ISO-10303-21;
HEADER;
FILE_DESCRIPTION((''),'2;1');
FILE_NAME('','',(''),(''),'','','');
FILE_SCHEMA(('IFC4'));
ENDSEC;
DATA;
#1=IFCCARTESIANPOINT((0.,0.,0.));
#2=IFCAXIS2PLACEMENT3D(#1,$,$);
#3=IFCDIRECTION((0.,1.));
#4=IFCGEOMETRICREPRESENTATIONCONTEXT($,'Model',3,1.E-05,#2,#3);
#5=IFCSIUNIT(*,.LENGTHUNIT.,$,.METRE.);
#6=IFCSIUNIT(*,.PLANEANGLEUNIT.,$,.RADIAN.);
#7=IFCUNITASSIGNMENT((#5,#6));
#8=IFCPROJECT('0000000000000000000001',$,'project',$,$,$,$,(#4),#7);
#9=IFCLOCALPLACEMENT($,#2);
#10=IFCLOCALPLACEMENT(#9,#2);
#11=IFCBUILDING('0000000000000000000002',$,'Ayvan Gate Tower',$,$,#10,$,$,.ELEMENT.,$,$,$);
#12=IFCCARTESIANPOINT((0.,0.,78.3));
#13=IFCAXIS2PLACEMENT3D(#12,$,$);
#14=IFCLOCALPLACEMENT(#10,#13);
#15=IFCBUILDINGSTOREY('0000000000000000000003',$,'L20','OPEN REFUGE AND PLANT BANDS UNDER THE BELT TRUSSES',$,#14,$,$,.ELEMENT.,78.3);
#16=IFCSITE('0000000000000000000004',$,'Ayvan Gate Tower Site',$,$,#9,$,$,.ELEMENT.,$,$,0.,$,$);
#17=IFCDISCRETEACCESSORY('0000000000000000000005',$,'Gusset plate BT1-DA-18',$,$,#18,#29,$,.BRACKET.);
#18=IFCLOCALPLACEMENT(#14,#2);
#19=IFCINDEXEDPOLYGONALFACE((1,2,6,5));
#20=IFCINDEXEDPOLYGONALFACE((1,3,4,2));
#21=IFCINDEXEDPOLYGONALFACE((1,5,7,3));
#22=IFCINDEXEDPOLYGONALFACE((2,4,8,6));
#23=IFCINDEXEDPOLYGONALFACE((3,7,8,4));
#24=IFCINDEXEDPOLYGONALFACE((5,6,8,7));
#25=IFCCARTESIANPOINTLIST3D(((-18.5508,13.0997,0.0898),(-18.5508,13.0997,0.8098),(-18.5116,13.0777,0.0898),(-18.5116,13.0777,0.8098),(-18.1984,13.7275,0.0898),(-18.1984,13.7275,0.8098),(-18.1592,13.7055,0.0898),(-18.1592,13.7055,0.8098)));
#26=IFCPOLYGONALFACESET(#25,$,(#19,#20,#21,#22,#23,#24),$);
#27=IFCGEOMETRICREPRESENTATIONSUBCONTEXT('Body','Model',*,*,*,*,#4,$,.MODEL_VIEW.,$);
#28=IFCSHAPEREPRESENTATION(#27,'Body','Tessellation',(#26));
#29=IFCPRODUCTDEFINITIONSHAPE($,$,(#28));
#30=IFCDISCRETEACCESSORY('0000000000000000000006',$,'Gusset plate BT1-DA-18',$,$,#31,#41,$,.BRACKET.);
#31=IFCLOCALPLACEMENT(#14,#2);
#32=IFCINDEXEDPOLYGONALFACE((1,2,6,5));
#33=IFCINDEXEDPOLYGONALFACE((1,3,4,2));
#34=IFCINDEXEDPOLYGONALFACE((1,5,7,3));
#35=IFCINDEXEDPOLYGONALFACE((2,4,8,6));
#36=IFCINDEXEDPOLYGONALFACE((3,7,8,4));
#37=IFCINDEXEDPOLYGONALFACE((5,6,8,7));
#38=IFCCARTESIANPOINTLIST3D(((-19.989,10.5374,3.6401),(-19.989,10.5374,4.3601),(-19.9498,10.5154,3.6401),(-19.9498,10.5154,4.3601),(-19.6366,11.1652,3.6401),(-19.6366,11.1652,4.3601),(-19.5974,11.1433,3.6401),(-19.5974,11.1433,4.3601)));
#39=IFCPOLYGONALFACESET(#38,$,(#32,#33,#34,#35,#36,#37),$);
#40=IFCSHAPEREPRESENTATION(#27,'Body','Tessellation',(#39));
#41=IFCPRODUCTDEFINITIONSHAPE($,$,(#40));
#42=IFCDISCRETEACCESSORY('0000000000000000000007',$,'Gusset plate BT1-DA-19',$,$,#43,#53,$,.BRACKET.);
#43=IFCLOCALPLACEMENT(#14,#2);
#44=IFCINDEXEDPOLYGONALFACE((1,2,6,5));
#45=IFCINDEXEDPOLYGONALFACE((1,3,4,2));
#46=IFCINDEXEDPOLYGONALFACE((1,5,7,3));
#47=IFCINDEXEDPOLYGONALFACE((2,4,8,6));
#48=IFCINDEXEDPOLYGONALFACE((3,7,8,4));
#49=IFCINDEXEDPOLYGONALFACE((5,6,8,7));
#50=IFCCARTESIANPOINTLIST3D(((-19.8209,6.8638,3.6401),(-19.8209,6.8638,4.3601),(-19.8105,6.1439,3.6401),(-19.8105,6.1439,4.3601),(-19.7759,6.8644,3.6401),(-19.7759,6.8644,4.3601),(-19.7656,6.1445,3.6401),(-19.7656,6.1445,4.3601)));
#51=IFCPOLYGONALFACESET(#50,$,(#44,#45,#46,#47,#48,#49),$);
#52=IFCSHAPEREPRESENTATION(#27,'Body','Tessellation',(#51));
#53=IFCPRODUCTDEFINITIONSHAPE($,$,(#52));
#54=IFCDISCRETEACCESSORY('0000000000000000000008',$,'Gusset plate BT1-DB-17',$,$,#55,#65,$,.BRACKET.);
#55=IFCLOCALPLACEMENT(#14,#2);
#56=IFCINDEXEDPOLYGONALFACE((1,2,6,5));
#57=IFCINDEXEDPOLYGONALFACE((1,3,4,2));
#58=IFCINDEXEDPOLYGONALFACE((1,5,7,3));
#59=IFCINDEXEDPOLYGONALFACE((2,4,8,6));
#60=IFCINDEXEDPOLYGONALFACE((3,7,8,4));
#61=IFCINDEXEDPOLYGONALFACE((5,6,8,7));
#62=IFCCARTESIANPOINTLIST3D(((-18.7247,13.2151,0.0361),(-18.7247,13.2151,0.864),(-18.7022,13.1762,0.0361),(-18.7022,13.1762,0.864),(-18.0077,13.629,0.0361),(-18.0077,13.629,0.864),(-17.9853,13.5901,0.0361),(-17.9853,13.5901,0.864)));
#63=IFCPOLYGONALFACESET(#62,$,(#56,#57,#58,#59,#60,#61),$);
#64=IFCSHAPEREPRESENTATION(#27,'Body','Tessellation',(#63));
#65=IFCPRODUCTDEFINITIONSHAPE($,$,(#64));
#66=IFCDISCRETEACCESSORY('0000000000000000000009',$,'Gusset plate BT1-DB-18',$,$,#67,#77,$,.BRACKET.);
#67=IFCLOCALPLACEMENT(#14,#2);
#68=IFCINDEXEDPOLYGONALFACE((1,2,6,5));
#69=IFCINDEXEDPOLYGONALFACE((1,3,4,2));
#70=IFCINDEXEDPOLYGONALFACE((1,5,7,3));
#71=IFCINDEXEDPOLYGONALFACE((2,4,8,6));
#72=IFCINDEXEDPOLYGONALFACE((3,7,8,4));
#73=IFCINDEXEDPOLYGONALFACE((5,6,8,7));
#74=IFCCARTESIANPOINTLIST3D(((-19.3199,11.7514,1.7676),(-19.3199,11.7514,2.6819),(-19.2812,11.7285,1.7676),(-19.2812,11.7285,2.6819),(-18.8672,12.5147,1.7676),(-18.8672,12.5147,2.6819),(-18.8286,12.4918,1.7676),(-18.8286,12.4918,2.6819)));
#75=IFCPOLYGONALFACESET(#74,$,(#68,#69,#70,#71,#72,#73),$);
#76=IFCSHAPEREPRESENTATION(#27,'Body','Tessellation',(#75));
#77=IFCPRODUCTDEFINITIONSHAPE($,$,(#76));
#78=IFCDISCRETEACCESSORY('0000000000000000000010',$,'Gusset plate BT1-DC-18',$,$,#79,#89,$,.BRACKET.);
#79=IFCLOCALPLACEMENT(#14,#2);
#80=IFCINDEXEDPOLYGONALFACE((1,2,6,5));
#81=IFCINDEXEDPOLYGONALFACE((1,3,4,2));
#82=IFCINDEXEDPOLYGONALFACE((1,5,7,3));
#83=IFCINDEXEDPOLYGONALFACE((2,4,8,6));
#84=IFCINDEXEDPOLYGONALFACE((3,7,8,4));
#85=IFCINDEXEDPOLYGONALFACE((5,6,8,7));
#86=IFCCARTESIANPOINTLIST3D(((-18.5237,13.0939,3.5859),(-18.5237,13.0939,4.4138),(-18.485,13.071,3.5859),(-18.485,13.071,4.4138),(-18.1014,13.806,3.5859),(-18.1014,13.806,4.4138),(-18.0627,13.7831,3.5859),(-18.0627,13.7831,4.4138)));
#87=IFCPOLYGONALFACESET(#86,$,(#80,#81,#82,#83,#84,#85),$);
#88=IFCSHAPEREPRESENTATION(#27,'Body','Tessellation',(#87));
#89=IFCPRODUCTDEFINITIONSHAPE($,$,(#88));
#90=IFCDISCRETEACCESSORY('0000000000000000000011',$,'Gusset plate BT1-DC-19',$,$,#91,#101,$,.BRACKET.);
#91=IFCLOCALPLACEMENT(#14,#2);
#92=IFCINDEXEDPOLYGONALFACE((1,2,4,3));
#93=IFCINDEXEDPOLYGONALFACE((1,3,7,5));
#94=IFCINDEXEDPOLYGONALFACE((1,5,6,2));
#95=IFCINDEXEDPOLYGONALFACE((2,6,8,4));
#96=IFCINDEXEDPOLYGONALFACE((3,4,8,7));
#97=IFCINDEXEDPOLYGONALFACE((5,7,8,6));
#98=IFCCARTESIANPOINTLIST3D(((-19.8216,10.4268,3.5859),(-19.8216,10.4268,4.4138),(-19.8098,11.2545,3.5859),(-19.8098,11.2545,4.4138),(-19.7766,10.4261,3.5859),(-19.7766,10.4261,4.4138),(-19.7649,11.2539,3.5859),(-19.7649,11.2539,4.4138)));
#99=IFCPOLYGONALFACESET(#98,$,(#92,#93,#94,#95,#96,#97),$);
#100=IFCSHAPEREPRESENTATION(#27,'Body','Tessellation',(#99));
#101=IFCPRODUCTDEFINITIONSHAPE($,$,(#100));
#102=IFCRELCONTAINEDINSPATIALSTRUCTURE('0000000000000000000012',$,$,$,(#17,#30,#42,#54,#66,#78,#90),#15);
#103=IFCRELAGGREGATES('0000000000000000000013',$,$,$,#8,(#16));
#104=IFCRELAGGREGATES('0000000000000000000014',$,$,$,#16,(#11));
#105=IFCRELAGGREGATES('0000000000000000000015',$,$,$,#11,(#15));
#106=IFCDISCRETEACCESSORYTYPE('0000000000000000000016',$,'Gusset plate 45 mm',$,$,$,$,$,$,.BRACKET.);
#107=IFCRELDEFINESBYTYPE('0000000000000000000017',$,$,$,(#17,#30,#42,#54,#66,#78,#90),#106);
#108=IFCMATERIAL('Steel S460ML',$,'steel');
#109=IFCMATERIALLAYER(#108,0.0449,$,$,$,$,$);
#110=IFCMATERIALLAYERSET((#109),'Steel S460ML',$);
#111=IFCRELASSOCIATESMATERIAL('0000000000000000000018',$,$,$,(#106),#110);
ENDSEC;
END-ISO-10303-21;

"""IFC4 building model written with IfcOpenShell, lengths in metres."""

from ifc_helpers import new_model, si_unit, direction, frame, origin, origin_2d, place, context, subcontext, project, spatial, rectangle, extrude, material, layer, layer_set, type_object, element, save


model = new_model("IFC4")

# Units and contexts
model_context = context("Model", 3, precision=1e-05, world=origin(), true_north=direction((0.0, 1.0)))
body_context = subcontext(model_context, "Body", "Model", "MODEL_VIEW")
ifc_project = project(units=[si_unit("LENGTHUNIT", "METRE"), si_unit("PLANEANGLEUNIT", "RADIAN")], contexts=[model_context])

# Site, building, storey
site_placement = place(None, origin())
site = spatial("IfcSite", under=ifc_project, at=site_placement, Name="Ayvan Gate Tower Site", CompositionType="ELEMENT", RefElevation=0.0)
building_placement = place(site_placement, origin())
building = spatial("IfcBuilding", under=site, at=building_placement, Name="Ayvan Gate Tower", CompositionType="ELEMENT")
storey_placement = place(building_placement, frame((0.0, 0.0, 78.3)))
storey = spatial("IfcBuildingStorey", under=building, at=storey_placement, Name="L20", Description="OPEN REFUGE AND PLANT BANDS UNDER THE BELT TRUSSES", CompositionType="ELEMENT", Elevation=78.3)

# Shared definitions
ifc_material_1 = material(Name="Steel S460ML", Category="steel")

# Discrete accessories
ifc_layer_1 = layer(ifc_material_1, 0.0449)
ifc_layer_set_1 = layer_set([ifc_layer_1], Name="Steel S460ML")
discrete_accessory_type = type_object("IfcDiscreteAccessoryType", Name="Gusset plate 45 mm", PredefinedType="BRACKET", material=ifc_layer_set_1)
for number, where, z_axis, x_axis, name in (
    (1, (-18.355, 13.4026, 0.0898), (0.0, 0.0, 1.0), (0.489419, 0.872049, 0.0), "Gusset plate BT1-DA-18"),
    (2, (-19.7932, 10.8403, 3.6401), (0.0, 0.0, 1.0), (0.489419, 0.872049, 0.0), "Gusset plate BT1-DA-18"),
    (3, (-19.7932, 6.5042, 3.6401), (0.0, 0.0, 1.0), (-0.014407, 0.999896, 0.0), "Gusset plate BT1-DA-19"),
):
    element("IfcDiscreteAccessory", number, at=place(storey_placement, frame(where, z_axis=z_axis, x_axis=x_axis)), inside=storey, type_object=discrete_accessory_type, Name=name, PredefinedType="BRACKET", context=body_context, shape_type="SweptSolid", body=[
        extrude(rectangle(XDim=0.72, YDim=0.0449, at=origin_2d()), origin(), (0.0, 0.0, 1.0), 0.72),
    ])
discrete_accessory_1_placement = place(storey_placement, frame((-18.355, 13.4026, 0.0361), z_axis=(0.0, 0.0, 1.0), x_axis=(0.866025, 0.5, 0.0)))
element("IfcDiscreteAccessory", 4, at=discrete_accessory_1_placement, inside=storey, type_object=discrete_accessory_type, Name="Gusset plate BT1-DB-17", PredefinedType="BRACKET", context=body_context, shape_type="SweptSolid", body=[
    extrude(rectangle(XDim=0.8279, YDim=0.0449, at=origin_2d()), origin(), (0.0, 0.0, 1.0), 0.8279),
])
discrete_accessory_2_placement = place(storey_placement, frame((-19.0742, 12.1216, 1.7676), z_axis=(0.0, 0.0, 1.0), x_axis=(0.510084, 0.860125, 0.0)))
element("IfcDiscreteAccessory", 5, at=discrete_accessory_2_placement, inside=storey, type_object=discrete_accessory_type, Name="Gusset plate BT1-DB-18", PredefinedType="BRACKET", context=body_context, shape_type="SweptSolid", body=[
    extrude(rectangle(XDim=0.8875, YDim=0.0449, at=origin_2d()), origin(), (0.0, 0.0, 1.0), 0.9143),
])
for number, where, z_axis, x_axis, name in (
    (6, (-18.2932, 13.4385, 3.5859), (0.0, 0.0, 1.0), (0.510084, 0.860125, 0.0), "Gusset plate BT1-DC-18"),
    (7, (-19.7932, 10.8403, 3.5859), (0.0, 0.0, 1.0), (0.014219, 0.999899, 0.0), "Gusset plate BT1-DC-19"),
):
    element("IfcDiscreteAccessory", number, at=place(storey_placement, frame(where, z_axis=z_axis, x_axis=x_axis)), inside=storey, type_object=discrete_accessory_type, Name=name, PredefinedType="BRACKET", context=body_context, shape_type="SweptSolid", body=[
        extrude(rectangle(XDim=0.8279, YDim=0.0449, at=origin_2d()), origin(), (0.0, 0.0, 1.0), 0.8279),
    ])

save(model, "model.ifc")
